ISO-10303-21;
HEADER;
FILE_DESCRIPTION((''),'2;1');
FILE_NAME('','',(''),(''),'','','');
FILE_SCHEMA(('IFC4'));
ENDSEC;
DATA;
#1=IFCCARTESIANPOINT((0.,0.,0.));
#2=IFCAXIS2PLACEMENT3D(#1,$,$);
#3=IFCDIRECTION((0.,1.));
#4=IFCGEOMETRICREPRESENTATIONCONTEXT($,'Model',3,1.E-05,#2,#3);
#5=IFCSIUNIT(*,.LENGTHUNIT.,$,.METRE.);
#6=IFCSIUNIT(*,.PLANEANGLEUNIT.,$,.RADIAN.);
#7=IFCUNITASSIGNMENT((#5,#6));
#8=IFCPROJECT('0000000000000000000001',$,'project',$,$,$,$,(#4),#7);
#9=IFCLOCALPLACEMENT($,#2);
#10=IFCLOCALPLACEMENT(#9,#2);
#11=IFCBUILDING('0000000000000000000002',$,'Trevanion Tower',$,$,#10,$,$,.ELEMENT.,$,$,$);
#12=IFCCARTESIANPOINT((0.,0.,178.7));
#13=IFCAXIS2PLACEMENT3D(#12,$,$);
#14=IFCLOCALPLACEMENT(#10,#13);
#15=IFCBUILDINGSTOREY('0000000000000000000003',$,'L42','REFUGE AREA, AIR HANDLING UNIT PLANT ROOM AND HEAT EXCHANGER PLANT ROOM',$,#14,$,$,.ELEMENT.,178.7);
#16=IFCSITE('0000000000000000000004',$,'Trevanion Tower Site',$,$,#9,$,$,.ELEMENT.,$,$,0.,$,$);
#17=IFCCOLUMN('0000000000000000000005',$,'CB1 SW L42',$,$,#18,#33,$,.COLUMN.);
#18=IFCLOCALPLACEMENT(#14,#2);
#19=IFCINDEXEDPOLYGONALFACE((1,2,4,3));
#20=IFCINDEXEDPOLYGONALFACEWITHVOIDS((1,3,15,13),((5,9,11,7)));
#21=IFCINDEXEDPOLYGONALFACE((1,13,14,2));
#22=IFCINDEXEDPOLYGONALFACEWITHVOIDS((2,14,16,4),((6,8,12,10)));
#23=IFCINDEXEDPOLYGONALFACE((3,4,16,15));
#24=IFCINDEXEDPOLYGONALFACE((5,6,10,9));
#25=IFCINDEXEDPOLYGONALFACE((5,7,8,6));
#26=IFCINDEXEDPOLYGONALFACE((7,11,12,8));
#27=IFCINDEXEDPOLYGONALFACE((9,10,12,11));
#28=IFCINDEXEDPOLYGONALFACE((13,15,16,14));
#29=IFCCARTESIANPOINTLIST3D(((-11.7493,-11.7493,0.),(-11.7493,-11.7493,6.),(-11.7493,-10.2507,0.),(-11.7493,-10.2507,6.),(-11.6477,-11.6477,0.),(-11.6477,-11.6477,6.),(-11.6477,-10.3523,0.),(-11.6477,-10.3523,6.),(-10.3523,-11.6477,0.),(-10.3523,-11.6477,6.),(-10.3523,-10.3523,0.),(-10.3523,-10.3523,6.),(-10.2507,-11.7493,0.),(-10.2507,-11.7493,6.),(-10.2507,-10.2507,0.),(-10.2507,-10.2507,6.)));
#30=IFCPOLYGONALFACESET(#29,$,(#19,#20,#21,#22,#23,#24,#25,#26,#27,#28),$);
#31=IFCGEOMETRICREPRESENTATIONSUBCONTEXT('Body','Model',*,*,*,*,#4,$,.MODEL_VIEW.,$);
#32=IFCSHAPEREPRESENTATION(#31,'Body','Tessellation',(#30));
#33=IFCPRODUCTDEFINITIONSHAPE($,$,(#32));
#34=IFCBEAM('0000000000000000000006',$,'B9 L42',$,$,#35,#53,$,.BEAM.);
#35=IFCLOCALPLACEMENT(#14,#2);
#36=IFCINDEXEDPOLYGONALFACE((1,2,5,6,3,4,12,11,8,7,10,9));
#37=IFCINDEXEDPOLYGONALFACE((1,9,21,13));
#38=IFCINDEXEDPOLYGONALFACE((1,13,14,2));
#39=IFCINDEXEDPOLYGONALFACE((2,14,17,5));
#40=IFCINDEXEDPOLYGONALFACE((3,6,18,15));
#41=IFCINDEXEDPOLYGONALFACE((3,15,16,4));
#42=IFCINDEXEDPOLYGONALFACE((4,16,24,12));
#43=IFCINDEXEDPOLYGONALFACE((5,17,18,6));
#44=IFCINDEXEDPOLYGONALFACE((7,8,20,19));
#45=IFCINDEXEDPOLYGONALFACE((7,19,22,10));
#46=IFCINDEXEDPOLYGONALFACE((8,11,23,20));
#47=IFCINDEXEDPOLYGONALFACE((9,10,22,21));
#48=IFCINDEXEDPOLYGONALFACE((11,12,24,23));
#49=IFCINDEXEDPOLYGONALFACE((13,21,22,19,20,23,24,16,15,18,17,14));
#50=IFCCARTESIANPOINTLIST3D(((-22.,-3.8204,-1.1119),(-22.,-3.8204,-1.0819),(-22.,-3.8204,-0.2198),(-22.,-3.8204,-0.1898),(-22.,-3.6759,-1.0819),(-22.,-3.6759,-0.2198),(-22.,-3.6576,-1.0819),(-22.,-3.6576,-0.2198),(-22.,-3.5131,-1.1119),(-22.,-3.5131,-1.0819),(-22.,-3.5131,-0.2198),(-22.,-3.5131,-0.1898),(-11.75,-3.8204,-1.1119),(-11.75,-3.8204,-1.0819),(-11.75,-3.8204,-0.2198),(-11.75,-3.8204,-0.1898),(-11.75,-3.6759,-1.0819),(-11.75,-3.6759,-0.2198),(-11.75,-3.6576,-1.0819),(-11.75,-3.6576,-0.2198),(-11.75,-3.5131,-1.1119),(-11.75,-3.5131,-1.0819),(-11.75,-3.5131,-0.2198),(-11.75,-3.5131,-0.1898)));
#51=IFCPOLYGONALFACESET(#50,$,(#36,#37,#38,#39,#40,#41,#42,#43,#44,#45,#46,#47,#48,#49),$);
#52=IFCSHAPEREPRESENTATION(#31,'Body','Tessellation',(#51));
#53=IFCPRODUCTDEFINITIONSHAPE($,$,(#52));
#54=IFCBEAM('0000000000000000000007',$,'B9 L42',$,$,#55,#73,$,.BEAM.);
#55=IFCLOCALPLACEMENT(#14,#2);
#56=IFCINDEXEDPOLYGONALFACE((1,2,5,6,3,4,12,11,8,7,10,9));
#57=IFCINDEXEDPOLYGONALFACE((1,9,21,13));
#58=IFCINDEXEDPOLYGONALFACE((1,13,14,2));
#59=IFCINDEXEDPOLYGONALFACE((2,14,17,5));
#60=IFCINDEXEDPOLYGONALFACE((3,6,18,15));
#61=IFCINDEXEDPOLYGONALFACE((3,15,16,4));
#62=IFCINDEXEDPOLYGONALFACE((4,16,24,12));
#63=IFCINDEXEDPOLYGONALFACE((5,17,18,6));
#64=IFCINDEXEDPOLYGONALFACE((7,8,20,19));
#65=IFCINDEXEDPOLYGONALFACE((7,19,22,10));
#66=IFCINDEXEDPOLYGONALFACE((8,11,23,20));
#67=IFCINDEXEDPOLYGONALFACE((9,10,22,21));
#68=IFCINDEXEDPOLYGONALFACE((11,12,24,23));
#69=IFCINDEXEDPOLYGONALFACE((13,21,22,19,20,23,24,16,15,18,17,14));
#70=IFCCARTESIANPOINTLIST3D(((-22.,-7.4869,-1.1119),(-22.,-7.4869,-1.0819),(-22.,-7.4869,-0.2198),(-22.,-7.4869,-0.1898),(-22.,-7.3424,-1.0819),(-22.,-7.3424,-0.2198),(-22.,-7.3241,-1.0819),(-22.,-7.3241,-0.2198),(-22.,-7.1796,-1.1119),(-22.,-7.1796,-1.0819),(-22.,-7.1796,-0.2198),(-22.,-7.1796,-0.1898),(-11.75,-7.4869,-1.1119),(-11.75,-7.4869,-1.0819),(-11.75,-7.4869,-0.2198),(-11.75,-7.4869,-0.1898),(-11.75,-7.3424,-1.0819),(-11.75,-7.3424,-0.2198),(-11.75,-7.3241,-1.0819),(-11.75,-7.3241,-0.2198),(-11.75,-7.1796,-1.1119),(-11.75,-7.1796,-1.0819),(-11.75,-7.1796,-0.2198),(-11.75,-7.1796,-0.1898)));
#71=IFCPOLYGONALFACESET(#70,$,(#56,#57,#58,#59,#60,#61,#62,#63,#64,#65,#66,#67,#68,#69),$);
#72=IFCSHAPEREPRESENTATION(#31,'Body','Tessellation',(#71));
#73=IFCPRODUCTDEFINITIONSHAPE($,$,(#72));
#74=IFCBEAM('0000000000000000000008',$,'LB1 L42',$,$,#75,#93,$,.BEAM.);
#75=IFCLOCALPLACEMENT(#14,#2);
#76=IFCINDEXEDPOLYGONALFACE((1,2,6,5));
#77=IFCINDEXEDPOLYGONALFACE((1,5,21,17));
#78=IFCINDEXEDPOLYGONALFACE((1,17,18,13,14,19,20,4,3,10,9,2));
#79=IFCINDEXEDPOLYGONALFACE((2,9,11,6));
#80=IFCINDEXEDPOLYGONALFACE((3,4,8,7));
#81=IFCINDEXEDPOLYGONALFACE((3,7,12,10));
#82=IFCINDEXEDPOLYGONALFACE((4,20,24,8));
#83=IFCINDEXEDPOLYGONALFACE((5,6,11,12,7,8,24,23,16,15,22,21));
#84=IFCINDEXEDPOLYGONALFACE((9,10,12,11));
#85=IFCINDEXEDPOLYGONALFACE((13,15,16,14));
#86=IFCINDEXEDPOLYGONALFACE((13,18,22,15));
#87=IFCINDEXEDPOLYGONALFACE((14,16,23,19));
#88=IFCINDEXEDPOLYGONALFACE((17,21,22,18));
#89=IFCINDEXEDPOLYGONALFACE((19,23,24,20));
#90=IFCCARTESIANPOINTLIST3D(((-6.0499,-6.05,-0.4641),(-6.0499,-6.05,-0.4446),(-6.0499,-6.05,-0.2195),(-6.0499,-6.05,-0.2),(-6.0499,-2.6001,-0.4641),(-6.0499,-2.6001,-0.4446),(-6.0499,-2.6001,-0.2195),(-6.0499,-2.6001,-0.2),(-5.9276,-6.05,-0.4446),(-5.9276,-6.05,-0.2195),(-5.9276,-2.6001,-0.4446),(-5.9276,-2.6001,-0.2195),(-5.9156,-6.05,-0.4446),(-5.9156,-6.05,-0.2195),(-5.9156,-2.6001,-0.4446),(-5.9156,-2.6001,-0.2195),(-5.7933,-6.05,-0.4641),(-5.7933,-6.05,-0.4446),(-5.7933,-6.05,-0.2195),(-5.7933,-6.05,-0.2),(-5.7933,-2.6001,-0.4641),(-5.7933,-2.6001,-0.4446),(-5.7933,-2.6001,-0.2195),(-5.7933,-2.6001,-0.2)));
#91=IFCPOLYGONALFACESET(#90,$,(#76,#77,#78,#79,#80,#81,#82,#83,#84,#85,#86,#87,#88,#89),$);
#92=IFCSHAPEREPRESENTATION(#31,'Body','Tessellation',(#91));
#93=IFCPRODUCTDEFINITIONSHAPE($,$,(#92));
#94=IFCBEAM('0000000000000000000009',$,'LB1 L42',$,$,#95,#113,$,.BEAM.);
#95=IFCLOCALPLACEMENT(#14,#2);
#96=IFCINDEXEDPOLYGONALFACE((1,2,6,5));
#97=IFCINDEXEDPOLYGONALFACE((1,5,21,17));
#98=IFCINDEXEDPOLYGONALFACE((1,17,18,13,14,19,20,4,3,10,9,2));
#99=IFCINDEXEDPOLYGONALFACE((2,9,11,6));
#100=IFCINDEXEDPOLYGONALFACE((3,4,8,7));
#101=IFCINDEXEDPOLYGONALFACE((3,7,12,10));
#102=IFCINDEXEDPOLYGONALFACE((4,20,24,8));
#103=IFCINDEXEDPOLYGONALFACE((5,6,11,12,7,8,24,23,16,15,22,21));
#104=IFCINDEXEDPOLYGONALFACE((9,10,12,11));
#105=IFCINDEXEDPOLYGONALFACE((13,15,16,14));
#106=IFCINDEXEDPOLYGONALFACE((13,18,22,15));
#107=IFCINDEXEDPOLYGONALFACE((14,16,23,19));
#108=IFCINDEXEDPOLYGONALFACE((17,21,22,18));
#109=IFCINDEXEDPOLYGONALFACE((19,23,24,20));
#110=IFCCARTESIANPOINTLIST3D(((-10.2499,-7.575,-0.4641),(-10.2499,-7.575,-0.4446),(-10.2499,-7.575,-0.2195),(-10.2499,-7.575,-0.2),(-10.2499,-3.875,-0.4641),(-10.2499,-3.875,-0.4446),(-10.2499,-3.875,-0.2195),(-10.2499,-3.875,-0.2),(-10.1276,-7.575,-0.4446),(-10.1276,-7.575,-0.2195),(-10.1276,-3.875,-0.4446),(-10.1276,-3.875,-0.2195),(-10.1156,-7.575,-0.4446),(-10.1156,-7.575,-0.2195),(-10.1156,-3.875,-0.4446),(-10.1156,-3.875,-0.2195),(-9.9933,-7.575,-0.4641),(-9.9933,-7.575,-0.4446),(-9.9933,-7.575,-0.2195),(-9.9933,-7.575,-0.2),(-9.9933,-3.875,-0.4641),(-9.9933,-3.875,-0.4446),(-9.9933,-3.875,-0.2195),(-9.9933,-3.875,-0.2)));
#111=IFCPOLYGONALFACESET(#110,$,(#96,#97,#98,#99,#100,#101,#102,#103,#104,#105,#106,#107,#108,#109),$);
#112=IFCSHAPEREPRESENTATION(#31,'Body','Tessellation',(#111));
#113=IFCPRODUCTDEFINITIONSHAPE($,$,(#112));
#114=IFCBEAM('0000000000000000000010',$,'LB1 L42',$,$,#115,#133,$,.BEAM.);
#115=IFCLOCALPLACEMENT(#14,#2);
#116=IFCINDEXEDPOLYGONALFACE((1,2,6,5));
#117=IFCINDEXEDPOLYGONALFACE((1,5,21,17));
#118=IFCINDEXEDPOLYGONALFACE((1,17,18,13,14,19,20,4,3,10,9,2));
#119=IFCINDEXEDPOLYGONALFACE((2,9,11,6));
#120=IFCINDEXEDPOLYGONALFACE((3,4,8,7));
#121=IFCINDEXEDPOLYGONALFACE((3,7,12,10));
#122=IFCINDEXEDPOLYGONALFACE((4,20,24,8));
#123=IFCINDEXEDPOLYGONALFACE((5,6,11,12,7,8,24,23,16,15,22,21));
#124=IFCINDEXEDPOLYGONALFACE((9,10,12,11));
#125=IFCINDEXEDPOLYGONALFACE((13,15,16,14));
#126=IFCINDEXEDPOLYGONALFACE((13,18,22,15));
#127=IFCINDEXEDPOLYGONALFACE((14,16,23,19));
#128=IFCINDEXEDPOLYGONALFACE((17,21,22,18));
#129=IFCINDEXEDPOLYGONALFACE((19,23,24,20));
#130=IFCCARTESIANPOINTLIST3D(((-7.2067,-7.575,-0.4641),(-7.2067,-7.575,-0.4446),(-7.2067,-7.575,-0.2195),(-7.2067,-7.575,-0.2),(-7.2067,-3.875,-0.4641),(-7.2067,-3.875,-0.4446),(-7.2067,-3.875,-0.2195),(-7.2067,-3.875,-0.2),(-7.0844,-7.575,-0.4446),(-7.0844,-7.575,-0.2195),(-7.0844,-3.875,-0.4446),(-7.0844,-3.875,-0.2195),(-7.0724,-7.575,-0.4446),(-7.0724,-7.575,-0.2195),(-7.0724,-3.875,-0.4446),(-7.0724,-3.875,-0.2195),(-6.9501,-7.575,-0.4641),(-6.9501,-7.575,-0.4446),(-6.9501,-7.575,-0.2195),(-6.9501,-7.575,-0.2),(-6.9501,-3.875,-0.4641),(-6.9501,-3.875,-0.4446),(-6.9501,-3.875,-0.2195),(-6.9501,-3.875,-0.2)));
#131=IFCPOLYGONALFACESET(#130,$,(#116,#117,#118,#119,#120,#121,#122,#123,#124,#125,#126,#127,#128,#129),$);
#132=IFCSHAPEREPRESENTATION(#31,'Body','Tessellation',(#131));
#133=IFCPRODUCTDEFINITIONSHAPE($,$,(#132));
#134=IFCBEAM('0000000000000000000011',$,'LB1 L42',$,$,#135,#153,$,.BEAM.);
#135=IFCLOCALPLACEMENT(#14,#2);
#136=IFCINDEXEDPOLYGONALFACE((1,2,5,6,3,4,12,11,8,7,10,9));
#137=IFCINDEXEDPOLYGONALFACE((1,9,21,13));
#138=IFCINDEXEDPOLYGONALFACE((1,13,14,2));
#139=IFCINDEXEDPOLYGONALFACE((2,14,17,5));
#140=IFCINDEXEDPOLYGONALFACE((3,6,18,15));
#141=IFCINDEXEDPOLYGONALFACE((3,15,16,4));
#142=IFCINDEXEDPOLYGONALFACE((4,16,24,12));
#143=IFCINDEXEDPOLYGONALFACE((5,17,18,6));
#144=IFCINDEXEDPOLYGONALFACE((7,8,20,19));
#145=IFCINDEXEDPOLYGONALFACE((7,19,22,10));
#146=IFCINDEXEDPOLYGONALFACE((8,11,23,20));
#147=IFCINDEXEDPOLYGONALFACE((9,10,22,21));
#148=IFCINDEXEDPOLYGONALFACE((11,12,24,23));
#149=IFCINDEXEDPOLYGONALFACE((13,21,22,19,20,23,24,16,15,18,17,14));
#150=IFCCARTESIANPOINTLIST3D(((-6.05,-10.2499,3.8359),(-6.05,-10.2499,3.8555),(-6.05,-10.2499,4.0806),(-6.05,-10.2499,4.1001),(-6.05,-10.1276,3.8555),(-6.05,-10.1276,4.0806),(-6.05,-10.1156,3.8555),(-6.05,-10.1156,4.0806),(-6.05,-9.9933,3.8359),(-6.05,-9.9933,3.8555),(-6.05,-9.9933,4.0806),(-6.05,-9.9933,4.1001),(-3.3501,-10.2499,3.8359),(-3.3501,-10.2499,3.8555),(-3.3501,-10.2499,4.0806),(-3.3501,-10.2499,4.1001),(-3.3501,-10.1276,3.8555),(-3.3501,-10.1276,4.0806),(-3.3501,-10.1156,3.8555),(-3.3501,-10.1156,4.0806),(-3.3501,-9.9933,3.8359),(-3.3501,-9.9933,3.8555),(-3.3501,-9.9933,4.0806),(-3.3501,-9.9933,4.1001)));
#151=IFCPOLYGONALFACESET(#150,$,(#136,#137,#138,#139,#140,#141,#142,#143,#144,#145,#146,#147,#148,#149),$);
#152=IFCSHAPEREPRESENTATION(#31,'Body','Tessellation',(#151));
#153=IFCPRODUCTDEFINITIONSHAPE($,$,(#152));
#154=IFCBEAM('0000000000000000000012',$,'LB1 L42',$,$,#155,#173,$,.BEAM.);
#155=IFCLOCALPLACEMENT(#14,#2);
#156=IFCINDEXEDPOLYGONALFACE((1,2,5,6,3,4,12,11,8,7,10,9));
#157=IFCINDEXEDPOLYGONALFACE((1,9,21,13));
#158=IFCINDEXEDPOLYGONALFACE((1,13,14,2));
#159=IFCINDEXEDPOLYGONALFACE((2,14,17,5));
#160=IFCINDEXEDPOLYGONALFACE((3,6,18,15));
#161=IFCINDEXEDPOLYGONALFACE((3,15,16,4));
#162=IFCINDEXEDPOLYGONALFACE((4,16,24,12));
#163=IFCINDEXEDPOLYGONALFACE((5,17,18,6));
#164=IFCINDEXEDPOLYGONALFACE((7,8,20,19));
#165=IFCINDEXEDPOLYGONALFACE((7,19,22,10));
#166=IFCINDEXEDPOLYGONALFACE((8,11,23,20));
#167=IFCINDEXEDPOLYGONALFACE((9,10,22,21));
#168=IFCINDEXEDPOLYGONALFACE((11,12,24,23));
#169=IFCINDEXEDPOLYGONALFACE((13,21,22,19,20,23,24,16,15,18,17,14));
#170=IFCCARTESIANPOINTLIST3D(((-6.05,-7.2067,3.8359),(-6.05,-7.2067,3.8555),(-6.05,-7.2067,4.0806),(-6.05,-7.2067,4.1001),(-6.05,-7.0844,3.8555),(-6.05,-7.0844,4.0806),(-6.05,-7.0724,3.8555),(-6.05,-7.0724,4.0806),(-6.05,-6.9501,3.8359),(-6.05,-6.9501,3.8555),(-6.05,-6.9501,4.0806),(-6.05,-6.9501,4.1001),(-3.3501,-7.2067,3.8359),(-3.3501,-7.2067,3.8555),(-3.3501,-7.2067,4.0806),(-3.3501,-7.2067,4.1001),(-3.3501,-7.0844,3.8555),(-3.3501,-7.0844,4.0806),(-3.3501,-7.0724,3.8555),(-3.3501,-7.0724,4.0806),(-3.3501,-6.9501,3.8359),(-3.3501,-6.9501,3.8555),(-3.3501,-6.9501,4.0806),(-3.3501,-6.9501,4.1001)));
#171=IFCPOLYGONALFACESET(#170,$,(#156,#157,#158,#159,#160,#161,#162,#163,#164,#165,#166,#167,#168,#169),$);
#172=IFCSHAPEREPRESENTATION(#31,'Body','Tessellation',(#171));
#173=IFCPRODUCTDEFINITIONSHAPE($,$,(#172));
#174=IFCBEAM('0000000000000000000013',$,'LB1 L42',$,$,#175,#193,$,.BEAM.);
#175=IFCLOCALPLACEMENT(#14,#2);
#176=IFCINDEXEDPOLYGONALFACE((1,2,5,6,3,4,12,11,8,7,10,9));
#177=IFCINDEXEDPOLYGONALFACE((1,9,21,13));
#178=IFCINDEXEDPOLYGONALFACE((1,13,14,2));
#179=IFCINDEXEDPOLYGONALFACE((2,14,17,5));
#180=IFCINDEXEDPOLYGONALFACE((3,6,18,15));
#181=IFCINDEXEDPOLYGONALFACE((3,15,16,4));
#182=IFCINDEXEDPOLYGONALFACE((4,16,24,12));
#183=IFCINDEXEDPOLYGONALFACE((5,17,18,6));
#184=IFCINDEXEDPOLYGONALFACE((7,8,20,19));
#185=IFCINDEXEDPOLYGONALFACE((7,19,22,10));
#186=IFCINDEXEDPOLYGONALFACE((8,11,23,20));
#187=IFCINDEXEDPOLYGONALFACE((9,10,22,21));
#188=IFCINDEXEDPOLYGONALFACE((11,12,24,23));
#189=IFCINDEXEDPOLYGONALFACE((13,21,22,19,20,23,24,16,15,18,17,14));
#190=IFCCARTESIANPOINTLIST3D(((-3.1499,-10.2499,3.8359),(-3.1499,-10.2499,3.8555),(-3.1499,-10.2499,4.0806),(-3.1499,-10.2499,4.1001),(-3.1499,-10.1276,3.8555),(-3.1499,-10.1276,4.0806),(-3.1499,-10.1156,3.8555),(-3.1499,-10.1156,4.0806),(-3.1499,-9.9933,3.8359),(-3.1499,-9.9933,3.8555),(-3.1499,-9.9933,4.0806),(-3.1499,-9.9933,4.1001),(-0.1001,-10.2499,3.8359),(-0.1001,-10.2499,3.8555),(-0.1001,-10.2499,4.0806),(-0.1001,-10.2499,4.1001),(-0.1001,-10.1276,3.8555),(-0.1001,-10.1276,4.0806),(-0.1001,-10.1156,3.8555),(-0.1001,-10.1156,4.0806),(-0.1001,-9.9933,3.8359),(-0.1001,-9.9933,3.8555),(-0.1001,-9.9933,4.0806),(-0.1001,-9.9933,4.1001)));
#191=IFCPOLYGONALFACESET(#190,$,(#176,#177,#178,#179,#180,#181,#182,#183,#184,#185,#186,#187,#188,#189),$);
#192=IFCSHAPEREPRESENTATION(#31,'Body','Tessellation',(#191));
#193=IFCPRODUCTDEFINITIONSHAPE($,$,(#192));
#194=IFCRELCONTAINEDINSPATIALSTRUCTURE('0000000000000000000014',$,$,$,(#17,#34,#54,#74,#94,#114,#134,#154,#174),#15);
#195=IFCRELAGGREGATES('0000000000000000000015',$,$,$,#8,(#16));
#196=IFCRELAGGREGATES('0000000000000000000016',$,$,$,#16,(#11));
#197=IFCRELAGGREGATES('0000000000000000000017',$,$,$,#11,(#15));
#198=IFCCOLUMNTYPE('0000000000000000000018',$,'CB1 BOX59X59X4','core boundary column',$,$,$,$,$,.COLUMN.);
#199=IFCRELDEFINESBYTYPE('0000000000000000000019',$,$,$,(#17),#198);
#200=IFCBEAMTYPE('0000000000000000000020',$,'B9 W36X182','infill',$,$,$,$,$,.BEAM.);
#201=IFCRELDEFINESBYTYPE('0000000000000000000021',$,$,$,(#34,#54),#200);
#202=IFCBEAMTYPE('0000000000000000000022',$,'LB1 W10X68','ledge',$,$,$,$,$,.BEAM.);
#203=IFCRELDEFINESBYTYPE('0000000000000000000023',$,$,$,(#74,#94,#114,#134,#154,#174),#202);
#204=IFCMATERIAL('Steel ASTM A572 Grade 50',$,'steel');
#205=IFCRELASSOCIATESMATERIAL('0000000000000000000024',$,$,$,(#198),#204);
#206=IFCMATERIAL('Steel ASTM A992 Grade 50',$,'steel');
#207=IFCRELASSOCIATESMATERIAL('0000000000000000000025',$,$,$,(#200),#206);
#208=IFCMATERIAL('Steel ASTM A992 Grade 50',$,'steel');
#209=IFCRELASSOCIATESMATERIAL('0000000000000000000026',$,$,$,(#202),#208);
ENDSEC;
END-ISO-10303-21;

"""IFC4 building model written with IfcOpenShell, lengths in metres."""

from ifc_helpers import new_model, si_unit, direction, frame, origin, origin_2d, place, context, subcontext, project, spatial, hollow_rectangle, i_section, extrude, material, material_profile, profile_set, type_object, element, save


model = new_model("IFC4")

# Units and contexts
model_context = context("Model", 3, precision=1e-05, world=origin(), true_north=direction((0.0, 1.0)))
body_context = subcontext(model_context, "Body", "Model", "MODEL_VIEW")
ifc_project = project(units=[si_unit("LENGTHUNIT", "METRE"), si_unit("PLANEANGLEUNIT", "RADIAN")], contexts=[model_context])

# Site, building, storey
site_placement = place(None, origin())
site = spatial("IfcSite", under=ifc_project, at=site_placement, Name="Trevanion Tower Site", CompositionType="ELEMENT", RefElevation=0.0)
building_placement = place(site_placement, origin())
building = spatial("IfcBuilding", under=site, at=building_placement, Name="Trevanion Tower", CompositionType="ELEMENT")
storey_placement = place(building_placement, frame((0.0, 0.0, 178.7)))
storey = spatial("IfcBuildingStorey", under=building, at=storey_placement, Name="L42", Description="REFUGE AREA, AIR HANDLING UNIT PLANT ROOM AND HEAT EXCHANGER PLANT ROOM", CompositionType="ELEMENT", Elevation=178.7)

# Column
ifc_material_1 = material(Name="Steel ASTM A572 Grade 50", Category="steel")
ifc_material_profile_1 = material_profile(ifc_material_1, hollow_rectangle(XDim=1.4985, YDim=1.4985, WallThickness=0.1016, at=origin_2d()), Name="BOX59X59X4")
ifc_profile_set_1 = profile_set([ifc_material_profile_1], Name="Steel ASTM A572 Grade 50")
column_type = type_object("IfcColumnType", Name="CB1 BOX59X59X4", Description="core boundary column", PredefinedType="COLUMN", material=ifc_profile_set_1)
column_placement = place(storey_placement, frame((-11.0, -11.0, 0.0), z_axis=(0.0, 0.0, 1.0), x_axis=(1.0, 0.0, 0.0)))
element("IfcColumn", 1, at=column_placement, inside=storey, type_object=column_type, Name="CB1 SW L42", PredefinedType="COLUMN", context=body_context, shape_type="SweptSolid", body=[
    extrude(hollow_rectangle(XDim=1.4985, YDim=1.4985, WallThickness=0.1016, at=origin_2d()), origin(), (0.0, 0.0, 1.0), 6.0),
])

# Beams
ifc_material_2 = material(Name="Steel ASTM A992 Grade 50", Category="steel")
ifc_material_profile_2 = material_profile(ifc_material_2, i_section(OverallWidth=0.3074, OverallDepth=0.9221, WebThickness=0.0183, FlangeThickness=0.03, at=origin_2d()), Name="W36X182")
ifc_profile_set_2 = profile_set([ifc_material_profile_2], Name="Steel ASTM A992 Grade 50")
beam_type_1 = type_object("IfcBeamType", Name="B9 W36X182", Description="infill", PredefinedType="BEAM", material=ifc_profile_set_2)
for number, where, z_axis, x_axis, name in (
    (2, (-11.75, -3.6667, -0.6509), (-1.0, 0.0, 0.0), (0.0, -1.0, 0.0), "B9 L42"),
    (3, (-11.75, -7.3333, -0.6509), (-1.0, 0.0, 0.0), (0.0, -1.0, 0.0), "B9 L42"),
):
    element("IfcBeam", number, at=place(storey_placement, frame(where, z_axis=z_axis, x_axis=x_axis)), inside=storey, type_object=beam_type_1, Name=name, PredefinedType="BEAM", context=body_context, shape_type="SweptSolid", body=[
        extrude(i_section(OverallWidth=0.3074, OverallDepth=0.9221, WebThickness=0.0183, FlangeThickness=0.03, at=origin_2d()), origin(), (0.0, 0.0, 1.0), 10.25),
    ])
ifc_material_3 = material(Name="Steel ASTM A992 Grade 50", Category="steel")
ifc_material_profile_3 = material_profile(ifc_material_3, i_section(OverallWidth=0.2566, OverallDepth=0.2642, WebThickness=0.012, FlangeThickness=0.0195, at=origin_2d()), Name="W10X68")
ifc_profile_set_3 = profile_set([ifc_material_profile_3], Name="Steel ASTM A992 Grade 50")
beam_type_2 = type_object("IfcBeamType", Name="LB1 W10X68", Description="ledge", PredefinedType="BEAM", material=ifc_profile_set_3)
beam_1_placement = place(storey_placement, frame((-5.9216, -6.05, -0.332), z_axis=(0.0, 1.0, 0.0), x_axis=(-1.0, 0.0, 0.0)))
element("IfcBeam", 4, at=beam_1_placement, inside=storey, type_object=beam_type_2, Name="LB1 L42", PredefinedType="BEAM", context=body_context, shape_type="SweptSolid", body=[
    extrude(i_section(OverallWidth=0.2566, OverallDepth=0.2642, WebThickness=0.012, FlangeThickness=0.0195, at=origin_2d()), origin(), (0.0, 0.0, 1.0), 3.45),
])
for number, where, z_axis, x_axis, name in (
    (5, (-10.1216, -7.575, -0.332), (0.0, 1.0, 0.0), (-1.0, 0.0, 0.0), "LB1 L42"),
    (6, (-7.0784, -7.575, -0.332), (0.0, 1.0, 0.0), (-1.0, 0.0, 0.0), "LB1 L42"),
):
    element("IfcBeam", number, at=place(storey_placement, frame(where, z_axis=z_axis, x_axis=x_axis)), inside=storey, type_object=beam_type_2, Name=name, PredefinedType="BEAM", context=body_context, shape_type="SweptSolid", body=[
        extrude(i_section(OverallWidth=0.2566, OverallDepth=0.2642, WebThickness=0.012, FlangeThickness=0.0195, at=origin_2d()), origin(), (0.0, 0.0, 1.0), 3.7),
    ])
for number, where, z_axis, x_axis, name in (
    (7, (-6.05, -10.1216, 3.968), (1.0, 0.0, 0.0), (0.0, 1.0, 0.0), "LB1 L42"),
    (8, (-6.05, -7.0784, 3.968), (1.0, 0.0, 0.0), (0.0, 1.0, 0.0), "LB1 L42"),
):
    element("IfcBeam", number, at=place(storey_placement, frame(where, z_axis=z_axis, x_axis=x_axis)), inside=storey, type_object=beam_type_2, Name=name, PredefinedType="BEAM", context=body_context, shape_type="SweptSolid", body=[
        extrude(i_section(OverallWidth=0.2566, OverallDepth=0.2642, WebThickness=0.012, FlangeThickness=0.0195, at=origin_2d()), origin(), (0.0, 0.0, 1.0), 2.7),
    ])
for number, where, z_axis, x_axis, name in (
    (9, (-3.1499, -10.1216, 3.968), (1.0, 0.0, 0.0), (0.0, 1.0, 0.0), "LB1 L42"),
):
    element("IfcBeam", number, at=place(storey_placement, frame(where, z_axis=z_axis, x_axis=x_axis)), inside=storey, type_object=beam_type_2, Name=name, PredefinedType="BEAM", context=body_context, shape_type="SweptSolid", body=[
        extrude(i_section(OverallWidth=0.2566, OverallDepth=0.2642, WebThickness=0.012, FlangeThickness=0.0195, at=origin_2d()), origin(), (0.0, 0.0, 1.0), 3.0498),
    ])

save(model, "model.ifc")
